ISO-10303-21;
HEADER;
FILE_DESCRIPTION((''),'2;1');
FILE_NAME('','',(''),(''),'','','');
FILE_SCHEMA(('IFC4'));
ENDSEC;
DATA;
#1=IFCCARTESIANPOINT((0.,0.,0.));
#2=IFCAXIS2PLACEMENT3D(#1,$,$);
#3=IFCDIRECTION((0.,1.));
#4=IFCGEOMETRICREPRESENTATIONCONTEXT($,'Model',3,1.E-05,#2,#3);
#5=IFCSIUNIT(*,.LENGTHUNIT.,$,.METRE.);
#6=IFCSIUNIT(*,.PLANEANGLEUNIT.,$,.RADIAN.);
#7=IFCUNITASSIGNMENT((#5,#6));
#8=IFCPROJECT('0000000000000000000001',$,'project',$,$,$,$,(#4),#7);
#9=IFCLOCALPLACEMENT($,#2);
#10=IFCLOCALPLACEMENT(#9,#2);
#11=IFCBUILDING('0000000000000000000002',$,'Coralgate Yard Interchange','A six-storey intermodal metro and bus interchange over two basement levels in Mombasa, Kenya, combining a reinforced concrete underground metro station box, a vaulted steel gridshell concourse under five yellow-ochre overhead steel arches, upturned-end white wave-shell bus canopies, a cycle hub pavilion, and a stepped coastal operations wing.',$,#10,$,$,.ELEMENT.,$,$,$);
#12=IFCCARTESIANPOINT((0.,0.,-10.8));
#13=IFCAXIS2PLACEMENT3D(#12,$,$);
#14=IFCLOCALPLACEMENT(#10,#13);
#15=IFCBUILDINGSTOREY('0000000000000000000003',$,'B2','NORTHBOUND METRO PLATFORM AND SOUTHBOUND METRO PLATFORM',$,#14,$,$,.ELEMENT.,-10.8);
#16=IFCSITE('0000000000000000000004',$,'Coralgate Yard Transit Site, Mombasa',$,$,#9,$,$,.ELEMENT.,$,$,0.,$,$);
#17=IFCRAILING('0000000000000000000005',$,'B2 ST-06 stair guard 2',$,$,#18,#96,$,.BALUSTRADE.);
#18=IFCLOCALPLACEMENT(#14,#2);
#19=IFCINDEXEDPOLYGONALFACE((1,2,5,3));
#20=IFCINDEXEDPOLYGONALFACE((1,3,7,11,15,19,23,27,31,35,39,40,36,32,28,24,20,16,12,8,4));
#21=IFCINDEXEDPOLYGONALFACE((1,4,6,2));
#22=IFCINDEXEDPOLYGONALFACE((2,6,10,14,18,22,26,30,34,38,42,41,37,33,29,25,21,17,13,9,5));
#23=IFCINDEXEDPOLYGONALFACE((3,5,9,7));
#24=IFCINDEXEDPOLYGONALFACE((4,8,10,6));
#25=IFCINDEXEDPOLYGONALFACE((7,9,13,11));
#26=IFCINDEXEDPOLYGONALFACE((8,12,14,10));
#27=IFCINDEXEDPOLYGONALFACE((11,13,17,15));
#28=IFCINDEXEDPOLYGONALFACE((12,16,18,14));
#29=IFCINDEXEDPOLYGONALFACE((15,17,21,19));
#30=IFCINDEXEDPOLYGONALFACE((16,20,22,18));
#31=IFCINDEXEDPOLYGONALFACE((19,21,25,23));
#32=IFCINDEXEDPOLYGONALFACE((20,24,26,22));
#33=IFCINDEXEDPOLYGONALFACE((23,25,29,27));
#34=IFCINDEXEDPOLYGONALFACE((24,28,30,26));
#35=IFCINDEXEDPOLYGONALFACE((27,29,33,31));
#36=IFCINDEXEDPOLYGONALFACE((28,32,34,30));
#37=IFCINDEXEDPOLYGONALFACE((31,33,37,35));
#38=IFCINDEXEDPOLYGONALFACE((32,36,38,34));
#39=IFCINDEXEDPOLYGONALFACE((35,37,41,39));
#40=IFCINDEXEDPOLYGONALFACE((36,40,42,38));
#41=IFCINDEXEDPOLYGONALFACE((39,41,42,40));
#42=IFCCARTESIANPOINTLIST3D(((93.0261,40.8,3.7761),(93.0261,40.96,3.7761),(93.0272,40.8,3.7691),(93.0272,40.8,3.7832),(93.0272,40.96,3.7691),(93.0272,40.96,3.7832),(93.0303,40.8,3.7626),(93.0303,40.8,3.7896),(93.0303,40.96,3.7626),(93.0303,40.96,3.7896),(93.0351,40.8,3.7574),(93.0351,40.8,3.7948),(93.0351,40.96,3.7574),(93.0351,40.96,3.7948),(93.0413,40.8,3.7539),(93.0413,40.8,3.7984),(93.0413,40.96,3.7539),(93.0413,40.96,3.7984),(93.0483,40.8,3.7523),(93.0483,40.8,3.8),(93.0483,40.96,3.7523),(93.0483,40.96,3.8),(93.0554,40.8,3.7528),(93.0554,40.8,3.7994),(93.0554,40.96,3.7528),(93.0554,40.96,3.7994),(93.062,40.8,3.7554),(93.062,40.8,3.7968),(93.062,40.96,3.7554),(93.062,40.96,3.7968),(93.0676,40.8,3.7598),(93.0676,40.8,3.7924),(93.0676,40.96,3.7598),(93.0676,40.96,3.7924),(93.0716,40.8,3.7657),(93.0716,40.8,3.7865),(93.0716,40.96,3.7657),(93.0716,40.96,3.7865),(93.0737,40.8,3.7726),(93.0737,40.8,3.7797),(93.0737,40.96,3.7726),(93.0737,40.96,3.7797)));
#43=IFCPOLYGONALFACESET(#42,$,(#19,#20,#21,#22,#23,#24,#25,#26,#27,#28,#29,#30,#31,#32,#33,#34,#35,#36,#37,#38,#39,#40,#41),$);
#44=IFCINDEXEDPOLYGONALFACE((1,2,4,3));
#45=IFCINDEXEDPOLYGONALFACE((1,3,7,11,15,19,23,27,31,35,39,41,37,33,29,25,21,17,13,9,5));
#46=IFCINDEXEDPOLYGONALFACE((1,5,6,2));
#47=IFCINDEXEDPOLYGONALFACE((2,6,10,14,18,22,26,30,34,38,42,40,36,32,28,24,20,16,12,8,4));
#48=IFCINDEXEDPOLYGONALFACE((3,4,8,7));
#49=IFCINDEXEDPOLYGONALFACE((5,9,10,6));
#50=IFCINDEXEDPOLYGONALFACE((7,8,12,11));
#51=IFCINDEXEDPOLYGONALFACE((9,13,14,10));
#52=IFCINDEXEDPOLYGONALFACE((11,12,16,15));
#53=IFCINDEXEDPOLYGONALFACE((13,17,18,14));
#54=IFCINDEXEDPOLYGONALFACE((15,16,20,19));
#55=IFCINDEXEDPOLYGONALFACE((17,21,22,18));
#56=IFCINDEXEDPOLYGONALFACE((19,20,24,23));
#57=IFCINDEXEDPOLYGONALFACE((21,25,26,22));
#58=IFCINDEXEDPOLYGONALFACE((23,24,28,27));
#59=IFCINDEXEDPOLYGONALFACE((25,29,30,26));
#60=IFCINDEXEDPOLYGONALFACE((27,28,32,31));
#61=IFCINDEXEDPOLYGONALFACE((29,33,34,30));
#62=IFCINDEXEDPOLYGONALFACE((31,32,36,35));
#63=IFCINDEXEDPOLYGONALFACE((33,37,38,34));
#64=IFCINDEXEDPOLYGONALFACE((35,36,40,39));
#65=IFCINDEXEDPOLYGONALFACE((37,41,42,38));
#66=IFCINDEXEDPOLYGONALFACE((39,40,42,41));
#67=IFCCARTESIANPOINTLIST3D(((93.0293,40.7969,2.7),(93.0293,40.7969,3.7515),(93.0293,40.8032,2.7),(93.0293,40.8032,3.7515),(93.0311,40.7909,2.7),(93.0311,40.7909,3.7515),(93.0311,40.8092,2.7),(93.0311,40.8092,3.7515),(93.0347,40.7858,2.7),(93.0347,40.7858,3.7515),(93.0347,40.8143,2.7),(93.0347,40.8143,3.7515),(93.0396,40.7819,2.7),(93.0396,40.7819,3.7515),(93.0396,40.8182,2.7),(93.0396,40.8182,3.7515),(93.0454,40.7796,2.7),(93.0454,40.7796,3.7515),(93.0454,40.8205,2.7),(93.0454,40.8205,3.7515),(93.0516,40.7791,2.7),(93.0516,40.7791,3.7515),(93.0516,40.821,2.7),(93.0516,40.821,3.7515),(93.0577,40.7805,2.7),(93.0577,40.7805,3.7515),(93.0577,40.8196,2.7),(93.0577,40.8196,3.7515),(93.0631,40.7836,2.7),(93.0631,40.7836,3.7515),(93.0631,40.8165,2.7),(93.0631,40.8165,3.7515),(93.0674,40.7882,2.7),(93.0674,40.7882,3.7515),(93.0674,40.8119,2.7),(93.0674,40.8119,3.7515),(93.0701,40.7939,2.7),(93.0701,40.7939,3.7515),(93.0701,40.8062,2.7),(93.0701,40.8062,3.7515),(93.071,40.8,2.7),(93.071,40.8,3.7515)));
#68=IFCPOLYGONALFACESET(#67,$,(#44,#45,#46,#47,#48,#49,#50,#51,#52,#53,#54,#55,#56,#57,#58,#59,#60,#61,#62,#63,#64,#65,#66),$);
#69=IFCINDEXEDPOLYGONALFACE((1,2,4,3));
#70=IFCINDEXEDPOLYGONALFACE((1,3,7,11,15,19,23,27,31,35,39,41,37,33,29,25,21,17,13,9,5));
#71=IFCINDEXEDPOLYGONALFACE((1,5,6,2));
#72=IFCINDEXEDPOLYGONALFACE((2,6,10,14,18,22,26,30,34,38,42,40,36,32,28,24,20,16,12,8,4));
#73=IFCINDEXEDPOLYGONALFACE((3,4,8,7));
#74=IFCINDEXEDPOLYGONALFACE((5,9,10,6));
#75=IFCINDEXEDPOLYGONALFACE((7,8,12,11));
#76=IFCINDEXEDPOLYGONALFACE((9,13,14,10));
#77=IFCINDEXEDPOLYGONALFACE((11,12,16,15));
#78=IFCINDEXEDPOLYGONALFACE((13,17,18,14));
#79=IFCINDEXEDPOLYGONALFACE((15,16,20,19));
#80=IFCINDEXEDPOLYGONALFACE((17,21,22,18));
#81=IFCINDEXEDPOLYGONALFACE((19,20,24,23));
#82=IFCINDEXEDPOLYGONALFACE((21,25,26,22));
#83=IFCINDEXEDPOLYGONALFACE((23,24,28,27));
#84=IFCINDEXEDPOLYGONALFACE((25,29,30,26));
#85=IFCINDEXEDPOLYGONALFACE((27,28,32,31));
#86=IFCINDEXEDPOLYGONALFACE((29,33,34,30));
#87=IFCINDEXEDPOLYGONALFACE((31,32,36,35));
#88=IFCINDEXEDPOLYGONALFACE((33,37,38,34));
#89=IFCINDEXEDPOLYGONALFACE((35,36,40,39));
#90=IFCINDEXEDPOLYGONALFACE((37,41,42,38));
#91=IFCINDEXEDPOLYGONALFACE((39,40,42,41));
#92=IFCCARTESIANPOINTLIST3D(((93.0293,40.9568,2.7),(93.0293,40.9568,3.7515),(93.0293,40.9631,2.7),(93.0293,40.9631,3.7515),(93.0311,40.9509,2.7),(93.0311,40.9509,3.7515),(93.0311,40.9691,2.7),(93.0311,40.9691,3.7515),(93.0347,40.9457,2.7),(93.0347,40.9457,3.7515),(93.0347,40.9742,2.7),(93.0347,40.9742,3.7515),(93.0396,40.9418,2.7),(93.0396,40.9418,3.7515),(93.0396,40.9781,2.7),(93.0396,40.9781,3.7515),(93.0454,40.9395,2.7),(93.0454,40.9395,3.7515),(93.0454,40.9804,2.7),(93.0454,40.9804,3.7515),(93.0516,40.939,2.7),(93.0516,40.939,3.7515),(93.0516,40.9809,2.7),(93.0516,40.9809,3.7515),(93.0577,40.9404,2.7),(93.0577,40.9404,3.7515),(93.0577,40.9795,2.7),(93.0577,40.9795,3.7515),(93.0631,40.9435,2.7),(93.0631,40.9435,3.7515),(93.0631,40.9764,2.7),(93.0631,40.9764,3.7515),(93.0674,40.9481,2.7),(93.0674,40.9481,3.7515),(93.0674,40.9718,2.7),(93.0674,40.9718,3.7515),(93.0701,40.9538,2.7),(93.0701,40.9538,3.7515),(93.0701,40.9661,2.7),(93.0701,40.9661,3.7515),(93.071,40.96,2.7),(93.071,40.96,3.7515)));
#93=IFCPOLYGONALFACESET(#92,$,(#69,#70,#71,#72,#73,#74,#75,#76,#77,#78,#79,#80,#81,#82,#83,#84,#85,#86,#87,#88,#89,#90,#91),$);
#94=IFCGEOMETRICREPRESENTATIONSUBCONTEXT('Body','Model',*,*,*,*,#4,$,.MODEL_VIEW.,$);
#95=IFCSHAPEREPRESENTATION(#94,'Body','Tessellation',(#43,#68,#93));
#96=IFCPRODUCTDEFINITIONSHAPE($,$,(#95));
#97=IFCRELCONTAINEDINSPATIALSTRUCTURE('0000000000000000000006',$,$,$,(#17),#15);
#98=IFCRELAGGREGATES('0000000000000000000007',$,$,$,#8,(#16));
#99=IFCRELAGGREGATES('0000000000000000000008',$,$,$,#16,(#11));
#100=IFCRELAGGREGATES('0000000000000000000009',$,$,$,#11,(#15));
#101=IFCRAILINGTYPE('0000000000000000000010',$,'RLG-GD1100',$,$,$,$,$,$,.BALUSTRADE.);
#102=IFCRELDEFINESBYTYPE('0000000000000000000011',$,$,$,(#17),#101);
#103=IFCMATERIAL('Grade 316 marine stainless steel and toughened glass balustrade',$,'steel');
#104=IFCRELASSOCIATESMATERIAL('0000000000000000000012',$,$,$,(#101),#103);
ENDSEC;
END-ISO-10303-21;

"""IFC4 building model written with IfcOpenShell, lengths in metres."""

from ifc_helpers import new_model, si_unit, direction, frame, origin, origin_2d, place, context, subcontext, project, spatial, circle, extrude, material, type_object, element, save


model = new_model("IFC4")

# Units and contexts
model_context = context("Model", 3, precision=1e-05, world=origin(), true_north=direction((0.0, 1.0)))
body_context = subcontext(model_context, "Body", "Model", "MODEL_VIEW")
ifc_project = project(units=[si_unit("LENGTHUNIT", "METRE"), si_unit("PLANEANGLEUNIT", "RADIAN")], contexts=[model_context])

# Site, building, storey
site_placement = place(None, origin())
site = spatial("IfcSite", under=ifc_project, at=site_placement, Name="Coralgate Yard Transit Site, Mombasa", CompositionType="ELEMENT", RefElevation=0.0)
building_placement = place(site_placement, origin())
building = spatial("IfcBuilding", under=site, at=building_placement, Name="Coralgate Yard Interchange", Description="A six-storey intermodal metro and bus interchange over two basement levels in Mombasa, Kenya, combining a reinforced concrete underground metro station box, a vaulted steel gridshell concourse under five yellow-ochre overhead steel arches, upturned-end white wave-shell bus canopies, a cycle hub pavilion, and a stepped coastal operations wing.", CompositionType="ELEMENT")
storey_placement = place(building_placement, frame((0.0, 0.0, -10.8)))
storey = spatial("IfcBuildingStorey", under=building, at=storey_placement, Name="B2", Description="NORTHBOUND METRO PLATFORM AND SOUTHBOUND METRO PLATFORM", CompositionType="ELEMENT", Elevation=-10.8)

# Railing
ifc_material_1 = material(Name="Grade 316 marine stainless steel and toughened glass balustrade", Category="steel")
railing_type_1 = type_object("IfcRailingType", Name="RLG-GD1100", PredefinedType="BALUSTRADE", material=ifc_material_1)
railing_1_placement = place(storey_placement, frame((93.05, 40.8, 2.7)))
element("IfcRailing", 1, at=railing_1_placement, inside=storey, type_object=railing_type_1, Name="B2 ST-06 stair guard 2", PredefinedType="BALUSTRADE", context=body_context, shape_type="SweptSolid", body=[
    extrude(circle(Radius=0.0239, at=origin_2d()), frame((0.0, 0.0, 1.0762), z_axis=(0.0, 1.0, 0.0), x_axis=(-1.0, 0.0, 0.0)), (0.0, 0.0, 1.0), 0.1599),
    extrude(circle(Radius=0.021, at=origin_2d()), origin(), (0.0, 0.0, 1.0), 1.0515),
    extrude(circle(Radius=0.021, at=origin_2d()), frame((0.0, 0.1599, 0.0)), (0.0, 0.0, 1.0), 1.0515),
])

save(model, "model.ifc")
